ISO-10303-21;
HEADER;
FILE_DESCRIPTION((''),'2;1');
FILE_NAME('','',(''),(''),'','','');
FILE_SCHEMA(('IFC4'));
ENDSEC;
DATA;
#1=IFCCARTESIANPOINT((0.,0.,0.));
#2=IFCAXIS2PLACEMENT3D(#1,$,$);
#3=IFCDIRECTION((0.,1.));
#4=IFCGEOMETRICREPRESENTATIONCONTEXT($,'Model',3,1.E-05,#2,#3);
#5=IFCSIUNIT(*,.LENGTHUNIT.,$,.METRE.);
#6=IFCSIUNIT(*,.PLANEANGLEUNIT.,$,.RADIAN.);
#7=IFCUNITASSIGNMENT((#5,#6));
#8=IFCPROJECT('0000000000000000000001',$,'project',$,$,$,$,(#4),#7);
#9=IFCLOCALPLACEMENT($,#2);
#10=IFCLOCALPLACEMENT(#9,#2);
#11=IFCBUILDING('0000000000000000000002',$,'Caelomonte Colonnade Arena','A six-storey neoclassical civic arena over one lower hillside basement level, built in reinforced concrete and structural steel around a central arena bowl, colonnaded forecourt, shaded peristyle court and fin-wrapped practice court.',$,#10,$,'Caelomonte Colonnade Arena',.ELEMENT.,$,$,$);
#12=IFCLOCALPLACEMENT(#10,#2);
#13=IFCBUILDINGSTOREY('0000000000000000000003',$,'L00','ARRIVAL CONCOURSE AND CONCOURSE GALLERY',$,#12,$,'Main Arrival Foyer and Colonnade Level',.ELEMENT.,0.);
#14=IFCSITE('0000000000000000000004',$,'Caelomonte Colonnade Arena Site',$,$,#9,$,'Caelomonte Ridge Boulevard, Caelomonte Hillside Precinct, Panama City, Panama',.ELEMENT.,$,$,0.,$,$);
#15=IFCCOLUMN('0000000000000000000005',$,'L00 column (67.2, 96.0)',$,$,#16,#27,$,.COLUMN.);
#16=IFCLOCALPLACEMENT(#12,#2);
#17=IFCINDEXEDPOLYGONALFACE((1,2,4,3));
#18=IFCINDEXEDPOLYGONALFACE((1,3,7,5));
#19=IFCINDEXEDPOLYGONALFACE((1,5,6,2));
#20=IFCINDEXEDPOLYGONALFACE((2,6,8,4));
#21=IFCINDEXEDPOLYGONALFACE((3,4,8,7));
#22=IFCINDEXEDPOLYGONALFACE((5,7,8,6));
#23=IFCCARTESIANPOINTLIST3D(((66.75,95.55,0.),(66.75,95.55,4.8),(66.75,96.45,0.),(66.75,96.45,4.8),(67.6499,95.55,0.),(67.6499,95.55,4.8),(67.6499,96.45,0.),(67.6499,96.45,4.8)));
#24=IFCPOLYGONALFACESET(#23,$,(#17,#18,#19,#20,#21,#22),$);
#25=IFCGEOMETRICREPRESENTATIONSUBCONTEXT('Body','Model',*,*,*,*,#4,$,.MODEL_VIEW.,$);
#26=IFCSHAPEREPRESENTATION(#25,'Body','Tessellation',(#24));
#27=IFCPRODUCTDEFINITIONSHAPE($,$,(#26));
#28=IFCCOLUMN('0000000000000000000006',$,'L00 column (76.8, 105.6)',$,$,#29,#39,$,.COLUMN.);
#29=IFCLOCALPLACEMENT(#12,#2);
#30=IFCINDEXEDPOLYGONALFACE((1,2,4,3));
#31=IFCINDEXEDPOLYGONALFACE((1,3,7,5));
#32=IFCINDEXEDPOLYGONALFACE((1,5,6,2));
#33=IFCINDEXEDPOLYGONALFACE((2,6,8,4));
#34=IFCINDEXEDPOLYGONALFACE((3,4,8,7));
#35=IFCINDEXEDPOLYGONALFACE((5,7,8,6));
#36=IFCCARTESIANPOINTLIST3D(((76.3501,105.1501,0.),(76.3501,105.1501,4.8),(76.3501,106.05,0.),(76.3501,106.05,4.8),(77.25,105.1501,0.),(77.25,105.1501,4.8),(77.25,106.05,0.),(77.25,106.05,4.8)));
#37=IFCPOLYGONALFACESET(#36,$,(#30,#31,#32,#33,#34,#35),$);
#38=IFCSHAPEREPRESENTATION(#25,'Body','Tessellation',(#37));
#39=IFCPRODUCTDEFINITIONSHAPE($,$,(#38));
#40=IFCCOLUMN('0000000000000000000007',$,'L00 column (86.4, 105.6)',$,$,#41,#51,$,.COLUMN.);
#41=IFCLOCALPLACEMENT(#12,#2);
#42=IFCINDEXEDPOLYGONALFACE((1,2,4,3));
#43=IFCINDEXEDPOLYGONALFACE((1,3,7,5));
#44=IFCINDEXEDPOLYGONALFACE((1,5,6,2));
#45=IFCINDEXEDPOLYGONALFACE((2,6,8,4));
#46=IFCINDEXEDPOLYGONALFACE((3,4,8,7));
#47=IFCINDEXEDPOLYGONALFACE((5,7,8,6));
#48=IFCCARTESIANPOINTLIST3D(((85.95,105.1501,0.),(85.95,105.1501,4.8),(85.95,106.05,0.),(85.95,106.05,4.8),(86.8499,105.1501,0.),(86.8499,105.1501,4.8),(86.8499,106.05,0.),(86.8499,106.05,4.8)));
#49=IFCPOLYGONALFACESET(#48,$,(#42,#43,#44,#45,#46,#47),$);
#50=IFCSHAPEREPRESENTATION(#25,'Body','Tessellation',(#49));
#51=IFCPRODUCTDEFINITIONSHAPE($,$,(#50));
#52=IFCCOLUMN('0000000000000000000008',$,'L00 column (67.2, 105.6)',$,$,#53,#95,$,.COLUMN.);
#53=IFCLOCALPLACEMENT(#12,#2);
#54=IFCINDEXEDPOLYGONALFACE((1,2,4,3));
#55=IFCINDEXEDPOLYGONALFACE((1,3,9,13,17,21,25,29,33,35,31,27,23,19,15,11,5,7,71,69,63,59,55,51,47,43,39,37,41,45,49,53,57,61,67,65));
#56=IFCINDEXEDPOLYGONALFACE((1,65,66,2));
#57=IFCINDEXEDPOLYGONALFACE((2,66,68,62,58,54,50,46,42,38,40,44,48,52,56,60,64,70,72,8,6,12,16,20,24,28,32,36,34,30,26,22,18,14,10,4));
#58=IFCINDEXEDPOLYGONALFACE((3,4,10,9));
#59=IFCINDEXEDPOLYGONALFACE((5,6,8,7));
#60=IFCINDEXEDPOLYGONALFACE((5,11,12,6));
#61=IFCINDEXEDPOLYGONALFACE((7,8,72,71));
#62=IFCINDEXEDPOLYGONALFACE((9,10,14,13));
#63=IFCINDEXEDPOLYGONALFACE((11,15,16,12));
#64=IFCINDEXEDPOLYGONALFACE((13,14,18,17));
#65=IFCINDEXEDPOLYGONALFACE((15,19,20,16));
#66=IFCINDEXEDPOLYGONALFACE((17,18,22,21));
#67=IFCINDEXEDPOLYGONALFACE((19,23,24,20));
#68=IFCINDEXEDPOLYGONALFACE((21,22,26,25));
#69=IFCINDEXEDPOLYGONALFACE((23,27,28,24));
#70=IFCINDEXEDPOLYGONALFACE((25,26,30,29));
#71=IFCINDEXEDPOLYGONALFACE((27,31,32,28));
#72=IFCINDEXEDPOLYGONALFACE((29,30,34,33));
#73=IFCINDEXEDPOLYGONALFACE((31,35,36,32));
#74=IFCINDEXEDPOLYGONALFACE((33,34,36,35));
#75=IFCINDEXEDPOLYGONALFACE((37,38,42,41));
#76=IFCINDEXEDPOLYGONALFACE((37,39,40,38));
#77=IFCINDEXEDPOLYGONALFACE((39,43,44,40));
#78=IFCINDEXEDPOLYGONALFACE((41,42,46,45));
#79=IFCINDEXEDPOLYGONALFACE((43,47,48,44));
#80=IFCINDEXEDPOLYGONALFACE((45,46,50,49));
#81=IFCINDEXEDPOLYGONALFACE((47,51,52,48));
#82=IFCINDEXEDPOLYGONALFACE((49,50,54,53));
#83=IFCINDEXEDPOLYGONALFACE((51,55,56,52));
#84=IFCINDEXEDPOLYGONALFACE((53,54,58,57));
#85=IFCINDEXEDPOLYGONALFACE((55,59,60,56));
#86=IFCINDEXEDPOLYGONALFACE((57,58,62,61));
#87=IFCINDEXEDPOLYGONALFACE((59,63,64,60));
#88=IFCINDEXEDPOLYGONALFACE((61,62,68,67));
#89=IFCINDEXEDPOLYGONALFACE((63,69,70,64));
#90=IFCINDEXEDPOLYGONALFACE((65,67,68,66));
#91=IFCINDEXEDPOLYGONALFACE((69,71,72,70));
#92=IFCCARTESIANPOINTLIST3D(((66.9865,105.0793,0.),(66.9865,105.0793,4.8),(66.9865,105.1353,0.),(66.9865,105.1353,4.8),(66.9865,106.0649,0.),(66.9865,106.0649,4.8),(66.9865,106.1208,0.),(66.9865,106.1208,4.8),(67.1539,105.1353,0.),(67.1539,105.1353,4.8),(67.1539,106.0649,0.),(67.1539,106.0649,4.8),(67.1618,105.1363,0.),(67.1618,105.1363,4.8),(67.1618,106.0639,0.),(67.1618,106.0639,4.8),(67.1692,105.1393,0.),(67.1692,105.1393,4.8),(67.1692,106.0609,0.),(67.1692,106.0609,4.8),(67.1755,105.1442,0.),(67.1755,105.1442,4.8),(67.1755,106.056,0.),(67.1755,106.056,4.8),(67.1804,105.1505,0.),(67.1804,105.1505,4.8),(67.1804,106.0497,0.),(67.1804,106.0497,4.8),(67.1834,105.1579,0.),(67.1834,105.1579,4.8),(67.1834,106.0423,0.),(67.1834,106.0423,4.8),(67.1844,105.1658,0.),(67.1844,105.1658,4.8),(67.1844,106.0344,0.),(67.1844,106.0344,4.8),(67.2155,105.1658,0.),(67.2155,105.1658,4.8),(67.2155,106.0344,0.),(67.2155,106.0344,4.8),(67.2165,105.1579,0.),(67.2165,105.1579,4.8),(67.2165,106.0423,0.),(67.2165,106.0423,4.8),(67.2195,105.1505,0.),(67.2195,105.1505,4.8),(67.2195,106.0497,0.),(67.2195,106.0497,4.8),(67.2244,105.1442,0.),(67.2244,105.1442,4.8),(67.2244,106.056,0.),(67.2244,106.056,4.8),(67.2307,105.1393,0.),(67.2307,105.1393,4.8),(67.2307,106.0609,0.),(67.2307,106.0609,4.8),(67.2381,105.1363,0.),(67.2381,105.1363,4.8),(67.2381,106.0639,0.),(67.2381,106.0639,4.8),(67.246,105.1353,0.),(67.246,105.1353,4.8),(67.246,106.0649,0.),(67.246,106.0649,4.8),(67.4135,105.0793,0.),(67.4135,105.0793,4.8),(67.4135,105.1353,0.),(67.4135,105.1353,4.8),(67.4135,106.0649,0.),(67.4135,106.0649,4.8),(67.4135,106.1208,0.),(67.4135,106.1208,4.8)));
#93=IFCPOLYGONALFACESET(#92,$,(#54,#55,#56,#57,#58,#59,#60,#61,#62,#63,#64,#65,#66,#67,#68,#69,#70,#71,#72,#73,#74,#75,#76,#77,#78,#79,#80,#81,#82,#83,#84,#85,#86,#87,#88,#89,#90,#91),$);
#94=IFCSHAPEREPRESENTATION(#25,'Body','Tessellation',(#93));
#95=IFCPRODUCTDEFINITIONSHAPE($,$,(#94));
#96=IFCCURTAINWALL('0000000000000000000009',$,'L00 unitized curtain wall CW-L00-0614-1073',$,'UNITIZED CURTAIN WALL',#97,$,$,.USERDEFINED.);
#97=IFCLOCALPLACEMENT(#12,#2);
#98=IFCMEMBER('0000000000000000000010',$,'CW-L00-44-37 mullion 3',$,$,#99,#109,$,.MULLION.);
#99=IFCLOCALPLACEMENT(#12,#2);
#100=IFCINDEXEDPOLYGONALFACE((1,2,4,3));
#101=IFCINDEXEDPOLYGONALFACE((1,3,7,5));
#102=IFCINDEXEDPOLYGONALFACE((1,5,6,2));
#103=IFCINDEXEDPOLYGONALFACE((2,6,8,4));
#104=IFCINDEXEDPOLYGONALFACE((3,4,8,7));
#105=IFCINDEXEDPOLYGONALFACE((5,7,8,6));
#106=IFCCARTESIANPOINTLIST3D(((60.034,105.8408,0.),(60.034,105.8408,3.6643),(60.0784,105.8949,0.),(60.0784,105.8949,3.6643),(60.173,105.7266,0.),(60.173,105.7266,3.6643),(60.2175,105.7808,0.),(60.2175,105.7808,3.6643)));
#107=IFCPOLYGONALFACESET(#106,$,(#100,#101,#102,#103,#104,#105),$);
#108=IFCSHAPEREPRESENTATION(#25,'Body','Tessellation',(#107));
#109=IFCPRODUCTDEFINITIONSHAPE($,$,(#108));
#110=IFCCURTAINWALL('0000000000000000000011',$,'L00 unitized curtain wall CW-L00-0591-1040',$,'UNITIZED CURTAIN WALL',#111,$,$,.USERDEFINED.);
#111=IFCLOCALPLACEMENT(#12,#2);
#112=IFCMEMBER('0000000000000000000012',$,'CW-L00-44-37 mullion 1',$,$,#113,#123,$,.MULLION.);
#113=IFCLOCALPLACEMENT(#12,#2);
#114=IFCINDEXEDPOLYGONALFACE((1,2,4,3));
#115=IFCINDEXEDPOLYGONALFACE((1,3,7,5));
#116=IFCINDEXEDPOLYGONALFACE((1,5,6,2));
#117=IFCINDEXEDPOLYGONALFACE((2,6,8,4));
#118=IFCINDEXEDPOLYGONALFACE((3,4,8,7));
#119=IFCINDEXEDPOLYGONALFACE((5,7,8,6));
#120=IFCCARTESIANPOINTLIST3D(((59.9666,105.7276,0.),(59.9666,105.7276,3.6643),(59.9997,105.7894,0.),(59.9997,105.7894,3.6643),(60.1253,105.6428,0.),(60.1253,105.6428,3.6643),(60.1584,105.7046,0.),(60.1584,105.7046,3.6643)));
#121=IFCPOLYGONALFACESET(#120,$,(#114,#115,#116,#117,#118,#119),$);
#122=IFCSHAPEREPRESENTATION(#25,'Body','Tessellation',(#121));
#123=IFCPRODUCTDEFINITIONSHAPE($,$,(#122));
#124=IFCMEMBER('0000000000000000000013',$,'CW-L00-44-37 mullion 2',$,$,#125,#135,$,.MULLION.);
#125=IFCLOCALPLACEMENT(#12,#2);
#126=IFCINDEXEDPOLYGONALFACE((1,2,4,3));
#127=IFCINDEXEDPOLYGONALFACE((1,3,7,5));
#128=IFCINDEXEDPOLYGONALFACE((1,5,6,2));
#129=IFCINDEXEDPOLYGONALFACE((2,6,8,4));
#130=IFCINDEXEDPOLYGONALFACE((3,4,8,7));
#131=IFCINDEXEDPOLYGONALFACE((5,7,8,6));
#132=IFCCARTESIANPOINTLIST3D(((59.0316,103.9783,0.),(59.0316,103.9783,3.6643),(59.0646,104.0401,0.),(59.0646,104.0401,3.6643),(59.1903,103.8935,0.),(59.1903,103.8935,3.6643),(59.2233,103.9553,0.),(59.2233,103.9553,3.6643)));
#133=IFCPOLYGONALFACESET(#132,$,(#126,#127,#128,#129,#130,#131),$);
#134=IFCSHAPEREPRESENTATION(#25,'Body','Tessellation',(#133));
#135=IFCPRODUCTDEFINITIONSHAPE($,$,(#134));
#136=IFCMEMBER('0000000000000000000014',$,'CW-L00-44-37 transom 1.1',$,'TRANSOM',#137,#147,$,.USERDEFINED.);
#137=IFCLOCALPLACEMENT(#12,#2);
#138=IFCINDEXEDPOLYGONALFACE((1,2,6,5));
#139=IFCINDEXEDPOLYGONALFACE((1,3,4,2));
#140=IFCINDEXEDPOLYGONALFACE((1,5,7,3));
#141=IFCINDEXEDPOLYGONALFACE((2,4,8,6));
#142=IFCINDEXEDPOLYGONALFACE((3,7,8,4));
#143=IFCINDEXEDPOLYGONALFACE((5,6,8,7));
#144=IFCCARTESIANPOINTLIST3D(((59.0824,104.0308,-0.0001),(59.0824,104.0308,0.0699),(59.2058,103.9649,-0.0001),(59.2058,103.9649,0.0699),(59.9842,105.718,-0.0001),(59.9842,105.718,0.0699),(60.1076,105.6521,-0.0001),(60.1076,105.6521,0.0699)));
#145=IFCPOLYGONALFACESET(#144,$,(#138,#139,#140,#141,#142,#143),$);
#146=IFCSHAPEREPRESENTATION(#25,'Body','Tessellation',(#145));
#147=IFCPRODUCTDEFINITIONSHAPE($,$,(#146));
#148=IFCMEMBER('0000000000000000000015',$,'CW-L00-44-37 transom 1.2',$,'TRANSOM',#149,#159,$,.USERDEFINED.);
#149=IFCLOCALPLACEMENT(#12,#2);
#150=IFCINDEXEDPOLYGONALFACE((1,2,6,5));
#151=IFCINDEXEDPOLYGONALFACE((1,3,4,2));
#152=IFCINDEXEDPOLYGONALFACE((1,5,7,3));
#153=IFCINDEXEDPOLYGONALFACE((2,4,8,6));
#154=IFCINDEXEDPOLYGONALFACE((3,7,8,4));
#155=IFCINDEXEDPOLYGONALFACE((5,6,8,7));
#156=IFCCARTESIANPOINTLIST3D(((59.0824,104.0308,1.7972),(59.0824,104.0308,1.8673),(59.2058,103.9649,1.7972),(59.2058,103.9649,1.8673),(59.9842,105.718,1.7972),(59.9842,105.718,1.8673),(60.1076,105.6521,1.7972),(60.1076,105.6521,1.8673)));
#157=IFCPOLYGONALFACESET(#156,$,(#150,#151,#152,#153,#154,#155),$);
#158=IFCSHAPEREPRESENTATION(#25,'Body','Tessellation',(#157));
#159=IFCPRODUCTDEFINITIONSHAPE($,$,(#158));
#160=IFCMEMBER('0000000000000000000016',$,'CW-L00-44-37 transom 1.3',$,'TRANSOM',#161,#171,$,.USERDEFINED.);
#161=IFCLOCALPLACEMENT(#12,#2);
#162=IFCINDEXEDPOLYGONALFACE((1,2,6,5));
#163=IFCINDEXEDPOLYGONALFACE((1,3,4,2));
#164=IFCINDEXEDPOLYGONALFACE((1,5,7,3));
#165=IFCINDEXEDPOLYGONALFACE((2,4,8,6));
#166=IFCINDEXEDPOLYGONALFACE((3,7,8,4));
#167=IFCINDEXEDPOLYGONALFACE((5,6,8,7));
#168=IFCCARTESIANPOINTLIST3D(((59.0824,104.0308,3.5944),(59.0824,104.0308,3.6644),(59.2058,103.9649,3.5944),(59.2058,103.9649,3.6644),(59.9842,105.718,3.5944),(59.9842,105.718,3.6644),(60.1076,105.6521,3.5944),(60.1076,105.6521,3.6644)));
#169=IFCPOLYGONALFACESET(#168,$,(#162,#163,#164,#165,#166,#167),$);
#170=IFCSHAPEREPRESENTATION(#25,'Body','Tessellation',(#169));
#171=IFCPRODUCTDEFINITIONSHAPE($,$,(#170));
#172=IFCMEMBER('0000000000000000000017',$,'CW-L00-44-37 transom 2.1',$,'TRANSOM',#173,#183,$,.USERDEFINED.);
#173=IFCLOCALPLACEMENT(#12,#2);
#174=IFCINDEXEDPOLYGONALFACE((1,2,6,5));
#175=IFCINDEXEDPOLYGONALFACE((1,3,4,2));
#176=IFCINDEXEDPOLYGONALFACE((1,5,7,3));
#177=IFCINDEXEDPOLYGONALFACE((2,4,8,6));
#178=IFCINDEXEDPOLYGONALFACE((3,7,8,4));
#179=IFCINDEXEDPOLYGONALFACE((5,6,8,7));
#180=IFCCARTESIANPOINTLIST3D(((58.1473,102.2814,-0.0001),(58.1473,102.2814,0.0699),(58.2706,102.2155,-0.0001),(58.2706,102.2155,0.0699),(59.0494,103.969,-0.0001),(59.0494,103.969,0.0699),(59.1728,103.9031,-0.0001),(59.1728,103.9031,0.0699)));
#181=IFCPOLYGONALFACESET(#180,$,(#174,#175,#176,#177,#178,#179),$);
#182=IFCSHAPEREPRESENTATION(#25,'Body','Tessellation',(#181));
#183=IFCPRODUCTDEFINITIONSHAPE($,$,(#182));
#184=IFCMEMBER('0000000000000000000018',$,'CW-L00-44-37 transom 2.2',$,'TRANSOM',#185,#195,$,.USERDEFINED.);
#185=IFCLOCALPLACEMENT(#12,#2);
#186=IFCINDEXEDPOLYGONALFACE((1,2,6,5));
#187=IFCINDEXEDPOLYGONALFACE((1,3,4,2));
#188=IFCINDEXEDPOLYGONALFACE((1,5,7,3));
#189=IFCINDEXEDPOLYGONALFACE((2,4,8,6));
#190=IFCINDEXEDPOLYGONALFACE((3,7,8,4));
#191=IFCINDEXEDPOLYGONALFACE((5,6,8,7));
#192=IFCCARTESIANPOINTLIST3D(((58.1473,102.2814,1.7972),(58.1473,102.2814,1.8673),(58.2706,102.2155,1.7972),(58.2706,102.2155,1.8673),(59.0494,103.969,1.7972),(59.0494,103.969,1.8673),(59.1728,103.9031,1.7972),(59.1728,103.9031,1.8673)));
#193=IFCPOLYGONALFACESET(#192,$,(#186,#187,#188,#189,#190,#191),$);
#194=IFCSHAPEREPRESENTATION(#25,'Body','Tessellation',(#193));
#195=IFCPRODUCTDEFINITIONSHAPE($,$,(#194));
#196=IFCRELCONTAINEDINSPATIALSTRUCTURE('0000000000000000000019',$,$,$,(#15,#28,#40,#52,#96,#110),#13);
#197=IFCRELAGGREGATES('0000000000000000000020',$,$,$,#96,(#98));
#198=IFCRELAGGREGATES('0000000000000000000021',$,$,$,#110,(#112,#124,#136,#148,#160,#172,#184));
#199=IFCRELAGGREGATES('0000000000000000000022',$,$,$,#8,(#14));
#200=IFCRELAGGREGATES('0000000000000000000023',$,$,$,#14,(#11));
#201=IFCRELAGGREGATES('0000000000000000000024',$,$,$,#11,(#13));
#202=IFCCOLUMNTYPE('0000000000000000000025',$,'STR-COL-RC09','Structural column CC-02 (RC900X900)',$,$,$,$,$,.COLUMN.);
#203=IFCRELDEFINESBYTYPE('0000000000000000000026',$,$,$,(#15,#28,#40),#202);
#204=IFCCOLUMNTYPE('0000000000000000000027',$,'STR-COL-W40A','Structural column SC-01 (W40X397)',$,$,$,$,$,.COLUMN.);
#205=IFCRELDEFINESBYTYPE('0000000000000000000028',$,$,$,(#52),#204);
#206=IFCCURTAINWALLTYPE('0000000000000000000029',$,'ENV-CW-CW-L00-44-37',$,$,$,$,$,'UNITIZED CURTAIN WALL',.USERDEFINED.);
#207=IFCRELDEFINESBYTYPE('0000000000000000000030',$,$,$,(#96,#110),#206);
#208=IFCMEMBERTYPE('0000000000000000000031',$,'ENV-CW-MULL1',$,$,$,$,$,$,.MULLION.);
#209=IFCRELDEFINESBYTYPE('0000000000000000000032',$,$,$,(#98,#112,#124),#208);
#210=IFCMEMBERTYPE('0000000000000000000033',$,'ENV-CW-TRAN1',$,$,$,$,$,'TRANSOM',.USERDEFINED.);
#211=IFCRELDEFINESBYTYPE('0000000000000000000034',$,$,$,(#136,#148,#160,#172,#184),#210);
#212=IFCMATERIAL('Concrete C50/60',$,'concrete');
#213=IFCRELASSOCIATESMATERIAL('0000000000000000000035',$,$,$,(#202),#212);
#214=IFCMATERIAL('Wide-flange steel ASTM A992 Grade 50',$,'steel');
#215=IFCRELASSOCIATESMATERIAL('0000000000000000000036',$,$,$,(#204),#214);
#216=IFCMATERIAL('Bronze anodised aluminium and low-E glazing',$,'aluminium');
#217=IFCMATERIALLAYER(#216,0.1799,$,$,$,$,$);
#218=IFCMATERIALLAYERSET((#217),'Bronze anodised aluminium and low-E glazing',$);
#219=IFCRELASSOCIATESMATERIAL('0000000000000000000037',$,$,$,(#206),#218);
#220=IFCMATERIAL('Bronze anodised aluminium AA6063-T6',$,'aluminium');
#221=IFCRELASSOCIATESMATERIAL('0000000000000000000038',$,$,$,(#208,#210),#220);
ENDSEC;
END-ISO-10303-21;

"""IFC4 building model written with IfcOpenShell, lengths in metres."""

from ifc_helpers import new_model, si_unit, direction, frame, origin, origin_2d, place, context, subcontext, project, spatial, rectangle, i_section, extrude, material, layer, layer_set, material_profile, profile_set, type_object, element, aggregate, save


model = new_model("IFC4")

# Units and contexts
model_context = context("Model", 3, precision=1e-05, world=origin(), true_north=direction((0.0, 1.0)))
body_context = subcontext(model_context, "Body", "Model", "MODEL_VIEW")
ifc_project = project(units=[si_unit("LENGTHUNIT", "METRE"), si_unit("PLANEANGLEUNIT", "RADIAN")], contexts=[model_context])

# Site, building, storey
site_placement = place(None, origin())
site = spatial("IfcSite", under=ifc_project, at=site_placement, Name="Caelomonte Colonnade Arena Site", LongName="Caelomonte Ridge Boulevard, Caelomonte Hillside Precinct, Panama City, Panama", CompositionType="ELEMENT", RefElevation=0.0)
building_placement = place(site_placement, origin())
building = spatial("IfcBuilding", under=site, at=building_placement, Name="Caelomonte Colonnade Arena", Description="A six-storey neoclassical civic arena over one lower hillside basement level, built in reinforced concrete and structural steel around a central arena bowl, colonnaded forecourt, shaded peristyle court and fin-wrapped practice court.", LongName="Caelomonte Colonnade Arena", CompositionType="ELEMENT")
storey_placement = place(building_placement, origin())
storey = spatial("IfcBuildingStorey", under=building, at=storey_placement, Name="L00", Description="ARRIVAL CONCOURSE AND CONCOURSE GALLERY", LongName="Main Arrival Foyer and Colonnade Level", CompositionType="ELEMENT", Elevation=0.0)

# Columns
ifc_material_1 = material(Name="Concrete C50/60", Category="concrete")
ifc_material_profile_1 = material_profile(ifc_material_1, rectangle(XDim=0.8999, YDim=0.8999, at=origin_2d()), Name="RC900X900")
ifc_profile_set_1 = profile_set([ifc_material_profile_1], Name="Concrete C50/60")
column_type_1 = type_object("IfcColumnType", Name="STR-COL-RC09", Description="Structural column CC-02 (RC900X900)", PredefinedType="COLUMN", material=ifc_profile_set_1)
for number, where, z_axis, x_axis, name in (
    (1, (67.2, 96.0, 0.0), (0.0, 0.0, 1.0), (1.0, 0.0, 0.0), "L00 column (67.2, 96.0)"),
    (2, (76.8, 105.6001, 0.0), (0.0, 0.0, 1.0), (1.0, 0.0, 0.0), "L00 column (76.8, 105.6)"),
    (3, (86.3999, 105.6001, 0.0), (0.0, 0.0, 1.0), (1.0, 0.0, 0.0), "L00 column (86.4, 105.6)"),
):
    element("IfcColumn", number, at=place(storey_placement, frame(where, z_axis=z_axis, x_axis=x_axis)), inside=storey, type_object=column_type_1, Name=name, PredefinedType="COLUMN", context=body_context, shape_type="SweptSolid", body=[
        extrude(rectangle(XDim=0.8999, YDim=0.8999, at=origin_2d()), origin(), (0.0, 0.0, 1.0), 4.8),
    ])
ifc_material_2 = material(Name="Wide-flange steel ASTM A992 Grade 50", Category="steel")
ifc_material_profile_2 = material_profile(ifc_material_2, i_section(OverallWidth=0.427, OverallDepth=1.0415, WebThickness=0.031, FlangeThickness=0.0559, FilletRadius=0.0305, at=origin_2d()), Name="W40X397")
ifc_profile_set_2 = profile_set([ifc_material_profile_2], Name="Wide-flange steel ASTM A992 Grade 50")
column_type_2 = type_object("IfcColumnType", Name="STR-COL-W40A", Description="Structural column SC-01 (W40X397)", PredefinedType="COLUMN", material=ifc_profile_set_2)
column_placement = place(storey_placement, frame((67.2, 105.6001, 0.0), z_axis=(0.0, 0.0, 1.0), x_axis=(1.0, 0.0, 0.0)))
element("IfcColumn", 4, at=column_placement, inside=storey, type_object=column_type_2, Name="L00 column (67.2, 105.6)", PredefinedType="COLUMN", context=body_context, shape_type="SweptSolid", body=[
    extrude(i_section(OverallWidth=0.427, OverallDepth=1.0415, WebThickness=0.031, FlangeThickness=0.0559, FilletRadius=0.0305, at=origin_2d()), origin(), (0.0, 0.0, 1.0), 4.8),
])

# Curtain wall, member
ifc_material_3 = material(Name="Bronze anodised aluminium and low-E glazing", Category="aluminium")
ifc_layer_1 = layer(ifc_material_3, 0.1799)
ifc_layer_set_1 = layer_set([ifc_layer_1], Name="Bronze anodised aluminium and low-E glazing")
curtain_wall_type = type_object("IfcCurtainWallType", Name="ENV-CW-CW-L00-44-37", ElementType="UNITIZED CURTAIN WALL", PredefinedType="USERDEFINED", material=ifc_layer_set_1)
curtain_wall_1_placement = place(storey_placement, origin())
curtain_wall_1 = element("IfcCurtainWall", 5, at=curtain_wall_1_placement, inside=storey, type_object=curtain_wall_type, Name="L00 unitized curtain wall CW-L00-0614-1073", ObjectType="UNITIZED CURTAIN WALL", PredefinedType="USERDEFINED")
ifc_material_4 = material(Name="Bronze anodised aluminium AA6063-T6", Category="aluminium")
ifc_material_profile_3 = material_profile(ifc_material_4, rectangle(XDim=0.0701, YDim=0.1799, at=origin_2d()), Name="CWM-70X180")
ifc_profile_set_3 = profile_set([ifc_material_profile_3], Name="Bronze anodised aluminium AA6063-T6")
member_type_1 = type_object("IfcMemberType", Name="ENV-CW-MULL1", PredefinedType="MULLION", material=ifc_profile_set_3)
member_1_placement = place(storey_placement, frame((60.1257, 105.8108, 0.0), z_axis=(0.0, 0.0, 1.0), x_axis=(-0.634416, -0.772992, 0.0)))
member_1 = element("IfcMember", 6, at=member_1_placement, type_object=member_type_1, Name="CW-L00-44-37 mullion 3", PredefinedType="MULLION", context=body_context, shape_type="SweptSolid", body=[
    extrude(rectangle(XDim=0.0701, YDim=0.1799, at=origin_2d()), origin(), (0.0, 0.0, 1.0), 3.6643),
])
aggregate(curtain_wall_1, [member_1])

# Curtain wall, members
curtain_wall_2_placement = place(storey_placement, origin())
curtain_wall_2 = element("IfcCurtainWall", 7, at=curtain_wall_2_placement, inside=storey, type_object=curtain_wall_type, Name="L00 unitized curtain wall CW-L00-0591-1040", ObjectType="UNITIZED CURTAIN WALL", PredefinedType="USERDEFINED")
member_2_placement = place(storey_placement, frame((60.0625, 105.7161, 0.0), z_axis=(0.0, 0.0, 1.0), x_axis=(-0.471394, -0.881923, 0.0)))
member_2 = element("IfcMember", 8, at=member_2_placement, type_object=member_type_1, Name="CW-L00-44-37 mullion 1", PredefinedType="MULLION", context=body_context, shape_type="SweptSolid", body=[
    extrude(rectangle(XDim=0.0701, YDim=0.1799, at=origin_2d()), origin(), (0.0, 0.0, 1.0), 3.6643),
])
member_3_placement = place(storey_placement, frame((59.1274, 103.9668, 0.0), z_axis=(0.0, 0.0, 1.0), x_axis=(-0.471394, -0.881923, 0.0)))
member_3 = element("IfcMember", 9, at=member_3_placement, type_object=member_type_1, Name="CW-L00-44-37 mullion 2", PredefinedType="MULLION", context=body_context, shape_type="SweptSolid", body=[
    extrude(rectangle(XDim=0.0701, YDim=0.1799, at=origin_2d()), origin(), (0.0, 0.0, 1.0), 3.6643),
])
ifc_material_profile_4 = material_profile(ifc_material_4, rectangle(XDim=0.0701, YDim=0.1399, at=origin_2d()), Name="CWT-70X140")
ifc_profile_set_4 = profile_set([ifc_material_profile_4], Name="Bronze anodised aluminium AA6063-T6")
member_type_2 = type_object("IfcMemberType", Name="ENV-CW-TRAN1", ElementType="TRANSOM", PredefinedType="USERDEFINED", material=ifc_profile_set_4)
member_4_placement = place(storey_placement, frame((60.0459, 105.6851, 0.0349), z_axis=(-0.471396, -0.881922, 0.0), x_axis=(0.0, 0.0, 1.0)))
member_4 = element("IfcMember", 10, at=member_4_placement, type_object=member_type_2, Name="CW-L00-44-37 transom 1.1", ObjectType="TRANSOM", PredefinedType="USERDEFINED", context=body_context, shape_type="SweptSolid", body=[
    extrude(rectangle(XDim=0.0701, YDim=0.1399, at=origin_2d()), origin(), (0.0, 0.0, 1.0), 1.9131),
])
member_5_placement = place(storey_placement, frame((60.0459, 105.6851, 1.8323), z_axis=(-0.471396, -0.881922, 0.0), x_axis=(0.0, 0.0, 1.0)))
member_5 = element("IfcMember", 11, at=member_5_placement, type_object=member_type_2, Name="CW-L00-44-37 transom 1.2", ObjectType="TRANSOM", PredefinedType="USERDEFINED", context=body_context, shape_type="SweptSolid", body=[
    extrude(rectangle(XDim=0.0701, YDim=0.1399, at=origin_2d()), origin(), (0.0, 0.0, 1.0), 1.9131),
])
member_6_placement = place(storey_placement, frame((60.0459, 105.6851, 3.6294), z_axis=(-0.471396, -0.881922, 0.0), x_axis=(0.0, 0.0, 1.0)))
member_6 = element("IfcMember", 12, at=member_6_placement, type_object=member_type_2, Name="CW-L00-44-37 transom 1.3", ObjectType="TRANSOM", PredefinedType="USERDEFINED", context=body_context, shape_type="SweptSolid", body=[
    extrude(rectangle(XDim=0.0701, YDim=0.1399, at=origin_2d()), origin(), (0.0, 0.0, 1.0), 1.9131),
])
member_7_placement = place(storey_placement, frame((59.1111, 103.936, 0.0349), z_axis=(-0.471442, -0.881897, 0.0), x_axis=(0.0, 0.0, 1.0)))
member_7 = element("IfcMember", 13, at=member_7_placement, type_object=member_type_2, Name="CW-L00-44-37 transom 2.1", ObjectType="TRANSOM", PredefinedType="USERDEFINED", context=body_context, shape_type="SweptSolid", body=[
    extrude(rectangle(XDim=0.0701, YDim=0.1399, at=origin_2d()), origin(), (0.0, 0.0, 1.0), 1.9136),
])
member_8_placement = place(storey_placement, frame((59.1111, 103.936, 1.8323), z_axis=(-0.471442, -0.881897, 0.0), x_axis=(0.0, 0.0, 1.0)))
member_8 = element("IfcMember", 14, at=member_8_placement, type_object=member_type_2, Name="CW-L00-44-37 transom 2.2", ObjectType="TRANSOM", PredefinedType="USERDEFINED", context=body_context, shape_type="SweptSolid", body=[
    extrude(rectangle(XDim=0.0701, YDim=0.1399, at=origin_2d()), origin(), (0.0, 0.0, 1.0), 1.9136),
])

aggregate(curtain_wall_2, [member_2, member_3, member_4, member_5, member_6, member_7, member_8])

save(model, "model.ifc")
